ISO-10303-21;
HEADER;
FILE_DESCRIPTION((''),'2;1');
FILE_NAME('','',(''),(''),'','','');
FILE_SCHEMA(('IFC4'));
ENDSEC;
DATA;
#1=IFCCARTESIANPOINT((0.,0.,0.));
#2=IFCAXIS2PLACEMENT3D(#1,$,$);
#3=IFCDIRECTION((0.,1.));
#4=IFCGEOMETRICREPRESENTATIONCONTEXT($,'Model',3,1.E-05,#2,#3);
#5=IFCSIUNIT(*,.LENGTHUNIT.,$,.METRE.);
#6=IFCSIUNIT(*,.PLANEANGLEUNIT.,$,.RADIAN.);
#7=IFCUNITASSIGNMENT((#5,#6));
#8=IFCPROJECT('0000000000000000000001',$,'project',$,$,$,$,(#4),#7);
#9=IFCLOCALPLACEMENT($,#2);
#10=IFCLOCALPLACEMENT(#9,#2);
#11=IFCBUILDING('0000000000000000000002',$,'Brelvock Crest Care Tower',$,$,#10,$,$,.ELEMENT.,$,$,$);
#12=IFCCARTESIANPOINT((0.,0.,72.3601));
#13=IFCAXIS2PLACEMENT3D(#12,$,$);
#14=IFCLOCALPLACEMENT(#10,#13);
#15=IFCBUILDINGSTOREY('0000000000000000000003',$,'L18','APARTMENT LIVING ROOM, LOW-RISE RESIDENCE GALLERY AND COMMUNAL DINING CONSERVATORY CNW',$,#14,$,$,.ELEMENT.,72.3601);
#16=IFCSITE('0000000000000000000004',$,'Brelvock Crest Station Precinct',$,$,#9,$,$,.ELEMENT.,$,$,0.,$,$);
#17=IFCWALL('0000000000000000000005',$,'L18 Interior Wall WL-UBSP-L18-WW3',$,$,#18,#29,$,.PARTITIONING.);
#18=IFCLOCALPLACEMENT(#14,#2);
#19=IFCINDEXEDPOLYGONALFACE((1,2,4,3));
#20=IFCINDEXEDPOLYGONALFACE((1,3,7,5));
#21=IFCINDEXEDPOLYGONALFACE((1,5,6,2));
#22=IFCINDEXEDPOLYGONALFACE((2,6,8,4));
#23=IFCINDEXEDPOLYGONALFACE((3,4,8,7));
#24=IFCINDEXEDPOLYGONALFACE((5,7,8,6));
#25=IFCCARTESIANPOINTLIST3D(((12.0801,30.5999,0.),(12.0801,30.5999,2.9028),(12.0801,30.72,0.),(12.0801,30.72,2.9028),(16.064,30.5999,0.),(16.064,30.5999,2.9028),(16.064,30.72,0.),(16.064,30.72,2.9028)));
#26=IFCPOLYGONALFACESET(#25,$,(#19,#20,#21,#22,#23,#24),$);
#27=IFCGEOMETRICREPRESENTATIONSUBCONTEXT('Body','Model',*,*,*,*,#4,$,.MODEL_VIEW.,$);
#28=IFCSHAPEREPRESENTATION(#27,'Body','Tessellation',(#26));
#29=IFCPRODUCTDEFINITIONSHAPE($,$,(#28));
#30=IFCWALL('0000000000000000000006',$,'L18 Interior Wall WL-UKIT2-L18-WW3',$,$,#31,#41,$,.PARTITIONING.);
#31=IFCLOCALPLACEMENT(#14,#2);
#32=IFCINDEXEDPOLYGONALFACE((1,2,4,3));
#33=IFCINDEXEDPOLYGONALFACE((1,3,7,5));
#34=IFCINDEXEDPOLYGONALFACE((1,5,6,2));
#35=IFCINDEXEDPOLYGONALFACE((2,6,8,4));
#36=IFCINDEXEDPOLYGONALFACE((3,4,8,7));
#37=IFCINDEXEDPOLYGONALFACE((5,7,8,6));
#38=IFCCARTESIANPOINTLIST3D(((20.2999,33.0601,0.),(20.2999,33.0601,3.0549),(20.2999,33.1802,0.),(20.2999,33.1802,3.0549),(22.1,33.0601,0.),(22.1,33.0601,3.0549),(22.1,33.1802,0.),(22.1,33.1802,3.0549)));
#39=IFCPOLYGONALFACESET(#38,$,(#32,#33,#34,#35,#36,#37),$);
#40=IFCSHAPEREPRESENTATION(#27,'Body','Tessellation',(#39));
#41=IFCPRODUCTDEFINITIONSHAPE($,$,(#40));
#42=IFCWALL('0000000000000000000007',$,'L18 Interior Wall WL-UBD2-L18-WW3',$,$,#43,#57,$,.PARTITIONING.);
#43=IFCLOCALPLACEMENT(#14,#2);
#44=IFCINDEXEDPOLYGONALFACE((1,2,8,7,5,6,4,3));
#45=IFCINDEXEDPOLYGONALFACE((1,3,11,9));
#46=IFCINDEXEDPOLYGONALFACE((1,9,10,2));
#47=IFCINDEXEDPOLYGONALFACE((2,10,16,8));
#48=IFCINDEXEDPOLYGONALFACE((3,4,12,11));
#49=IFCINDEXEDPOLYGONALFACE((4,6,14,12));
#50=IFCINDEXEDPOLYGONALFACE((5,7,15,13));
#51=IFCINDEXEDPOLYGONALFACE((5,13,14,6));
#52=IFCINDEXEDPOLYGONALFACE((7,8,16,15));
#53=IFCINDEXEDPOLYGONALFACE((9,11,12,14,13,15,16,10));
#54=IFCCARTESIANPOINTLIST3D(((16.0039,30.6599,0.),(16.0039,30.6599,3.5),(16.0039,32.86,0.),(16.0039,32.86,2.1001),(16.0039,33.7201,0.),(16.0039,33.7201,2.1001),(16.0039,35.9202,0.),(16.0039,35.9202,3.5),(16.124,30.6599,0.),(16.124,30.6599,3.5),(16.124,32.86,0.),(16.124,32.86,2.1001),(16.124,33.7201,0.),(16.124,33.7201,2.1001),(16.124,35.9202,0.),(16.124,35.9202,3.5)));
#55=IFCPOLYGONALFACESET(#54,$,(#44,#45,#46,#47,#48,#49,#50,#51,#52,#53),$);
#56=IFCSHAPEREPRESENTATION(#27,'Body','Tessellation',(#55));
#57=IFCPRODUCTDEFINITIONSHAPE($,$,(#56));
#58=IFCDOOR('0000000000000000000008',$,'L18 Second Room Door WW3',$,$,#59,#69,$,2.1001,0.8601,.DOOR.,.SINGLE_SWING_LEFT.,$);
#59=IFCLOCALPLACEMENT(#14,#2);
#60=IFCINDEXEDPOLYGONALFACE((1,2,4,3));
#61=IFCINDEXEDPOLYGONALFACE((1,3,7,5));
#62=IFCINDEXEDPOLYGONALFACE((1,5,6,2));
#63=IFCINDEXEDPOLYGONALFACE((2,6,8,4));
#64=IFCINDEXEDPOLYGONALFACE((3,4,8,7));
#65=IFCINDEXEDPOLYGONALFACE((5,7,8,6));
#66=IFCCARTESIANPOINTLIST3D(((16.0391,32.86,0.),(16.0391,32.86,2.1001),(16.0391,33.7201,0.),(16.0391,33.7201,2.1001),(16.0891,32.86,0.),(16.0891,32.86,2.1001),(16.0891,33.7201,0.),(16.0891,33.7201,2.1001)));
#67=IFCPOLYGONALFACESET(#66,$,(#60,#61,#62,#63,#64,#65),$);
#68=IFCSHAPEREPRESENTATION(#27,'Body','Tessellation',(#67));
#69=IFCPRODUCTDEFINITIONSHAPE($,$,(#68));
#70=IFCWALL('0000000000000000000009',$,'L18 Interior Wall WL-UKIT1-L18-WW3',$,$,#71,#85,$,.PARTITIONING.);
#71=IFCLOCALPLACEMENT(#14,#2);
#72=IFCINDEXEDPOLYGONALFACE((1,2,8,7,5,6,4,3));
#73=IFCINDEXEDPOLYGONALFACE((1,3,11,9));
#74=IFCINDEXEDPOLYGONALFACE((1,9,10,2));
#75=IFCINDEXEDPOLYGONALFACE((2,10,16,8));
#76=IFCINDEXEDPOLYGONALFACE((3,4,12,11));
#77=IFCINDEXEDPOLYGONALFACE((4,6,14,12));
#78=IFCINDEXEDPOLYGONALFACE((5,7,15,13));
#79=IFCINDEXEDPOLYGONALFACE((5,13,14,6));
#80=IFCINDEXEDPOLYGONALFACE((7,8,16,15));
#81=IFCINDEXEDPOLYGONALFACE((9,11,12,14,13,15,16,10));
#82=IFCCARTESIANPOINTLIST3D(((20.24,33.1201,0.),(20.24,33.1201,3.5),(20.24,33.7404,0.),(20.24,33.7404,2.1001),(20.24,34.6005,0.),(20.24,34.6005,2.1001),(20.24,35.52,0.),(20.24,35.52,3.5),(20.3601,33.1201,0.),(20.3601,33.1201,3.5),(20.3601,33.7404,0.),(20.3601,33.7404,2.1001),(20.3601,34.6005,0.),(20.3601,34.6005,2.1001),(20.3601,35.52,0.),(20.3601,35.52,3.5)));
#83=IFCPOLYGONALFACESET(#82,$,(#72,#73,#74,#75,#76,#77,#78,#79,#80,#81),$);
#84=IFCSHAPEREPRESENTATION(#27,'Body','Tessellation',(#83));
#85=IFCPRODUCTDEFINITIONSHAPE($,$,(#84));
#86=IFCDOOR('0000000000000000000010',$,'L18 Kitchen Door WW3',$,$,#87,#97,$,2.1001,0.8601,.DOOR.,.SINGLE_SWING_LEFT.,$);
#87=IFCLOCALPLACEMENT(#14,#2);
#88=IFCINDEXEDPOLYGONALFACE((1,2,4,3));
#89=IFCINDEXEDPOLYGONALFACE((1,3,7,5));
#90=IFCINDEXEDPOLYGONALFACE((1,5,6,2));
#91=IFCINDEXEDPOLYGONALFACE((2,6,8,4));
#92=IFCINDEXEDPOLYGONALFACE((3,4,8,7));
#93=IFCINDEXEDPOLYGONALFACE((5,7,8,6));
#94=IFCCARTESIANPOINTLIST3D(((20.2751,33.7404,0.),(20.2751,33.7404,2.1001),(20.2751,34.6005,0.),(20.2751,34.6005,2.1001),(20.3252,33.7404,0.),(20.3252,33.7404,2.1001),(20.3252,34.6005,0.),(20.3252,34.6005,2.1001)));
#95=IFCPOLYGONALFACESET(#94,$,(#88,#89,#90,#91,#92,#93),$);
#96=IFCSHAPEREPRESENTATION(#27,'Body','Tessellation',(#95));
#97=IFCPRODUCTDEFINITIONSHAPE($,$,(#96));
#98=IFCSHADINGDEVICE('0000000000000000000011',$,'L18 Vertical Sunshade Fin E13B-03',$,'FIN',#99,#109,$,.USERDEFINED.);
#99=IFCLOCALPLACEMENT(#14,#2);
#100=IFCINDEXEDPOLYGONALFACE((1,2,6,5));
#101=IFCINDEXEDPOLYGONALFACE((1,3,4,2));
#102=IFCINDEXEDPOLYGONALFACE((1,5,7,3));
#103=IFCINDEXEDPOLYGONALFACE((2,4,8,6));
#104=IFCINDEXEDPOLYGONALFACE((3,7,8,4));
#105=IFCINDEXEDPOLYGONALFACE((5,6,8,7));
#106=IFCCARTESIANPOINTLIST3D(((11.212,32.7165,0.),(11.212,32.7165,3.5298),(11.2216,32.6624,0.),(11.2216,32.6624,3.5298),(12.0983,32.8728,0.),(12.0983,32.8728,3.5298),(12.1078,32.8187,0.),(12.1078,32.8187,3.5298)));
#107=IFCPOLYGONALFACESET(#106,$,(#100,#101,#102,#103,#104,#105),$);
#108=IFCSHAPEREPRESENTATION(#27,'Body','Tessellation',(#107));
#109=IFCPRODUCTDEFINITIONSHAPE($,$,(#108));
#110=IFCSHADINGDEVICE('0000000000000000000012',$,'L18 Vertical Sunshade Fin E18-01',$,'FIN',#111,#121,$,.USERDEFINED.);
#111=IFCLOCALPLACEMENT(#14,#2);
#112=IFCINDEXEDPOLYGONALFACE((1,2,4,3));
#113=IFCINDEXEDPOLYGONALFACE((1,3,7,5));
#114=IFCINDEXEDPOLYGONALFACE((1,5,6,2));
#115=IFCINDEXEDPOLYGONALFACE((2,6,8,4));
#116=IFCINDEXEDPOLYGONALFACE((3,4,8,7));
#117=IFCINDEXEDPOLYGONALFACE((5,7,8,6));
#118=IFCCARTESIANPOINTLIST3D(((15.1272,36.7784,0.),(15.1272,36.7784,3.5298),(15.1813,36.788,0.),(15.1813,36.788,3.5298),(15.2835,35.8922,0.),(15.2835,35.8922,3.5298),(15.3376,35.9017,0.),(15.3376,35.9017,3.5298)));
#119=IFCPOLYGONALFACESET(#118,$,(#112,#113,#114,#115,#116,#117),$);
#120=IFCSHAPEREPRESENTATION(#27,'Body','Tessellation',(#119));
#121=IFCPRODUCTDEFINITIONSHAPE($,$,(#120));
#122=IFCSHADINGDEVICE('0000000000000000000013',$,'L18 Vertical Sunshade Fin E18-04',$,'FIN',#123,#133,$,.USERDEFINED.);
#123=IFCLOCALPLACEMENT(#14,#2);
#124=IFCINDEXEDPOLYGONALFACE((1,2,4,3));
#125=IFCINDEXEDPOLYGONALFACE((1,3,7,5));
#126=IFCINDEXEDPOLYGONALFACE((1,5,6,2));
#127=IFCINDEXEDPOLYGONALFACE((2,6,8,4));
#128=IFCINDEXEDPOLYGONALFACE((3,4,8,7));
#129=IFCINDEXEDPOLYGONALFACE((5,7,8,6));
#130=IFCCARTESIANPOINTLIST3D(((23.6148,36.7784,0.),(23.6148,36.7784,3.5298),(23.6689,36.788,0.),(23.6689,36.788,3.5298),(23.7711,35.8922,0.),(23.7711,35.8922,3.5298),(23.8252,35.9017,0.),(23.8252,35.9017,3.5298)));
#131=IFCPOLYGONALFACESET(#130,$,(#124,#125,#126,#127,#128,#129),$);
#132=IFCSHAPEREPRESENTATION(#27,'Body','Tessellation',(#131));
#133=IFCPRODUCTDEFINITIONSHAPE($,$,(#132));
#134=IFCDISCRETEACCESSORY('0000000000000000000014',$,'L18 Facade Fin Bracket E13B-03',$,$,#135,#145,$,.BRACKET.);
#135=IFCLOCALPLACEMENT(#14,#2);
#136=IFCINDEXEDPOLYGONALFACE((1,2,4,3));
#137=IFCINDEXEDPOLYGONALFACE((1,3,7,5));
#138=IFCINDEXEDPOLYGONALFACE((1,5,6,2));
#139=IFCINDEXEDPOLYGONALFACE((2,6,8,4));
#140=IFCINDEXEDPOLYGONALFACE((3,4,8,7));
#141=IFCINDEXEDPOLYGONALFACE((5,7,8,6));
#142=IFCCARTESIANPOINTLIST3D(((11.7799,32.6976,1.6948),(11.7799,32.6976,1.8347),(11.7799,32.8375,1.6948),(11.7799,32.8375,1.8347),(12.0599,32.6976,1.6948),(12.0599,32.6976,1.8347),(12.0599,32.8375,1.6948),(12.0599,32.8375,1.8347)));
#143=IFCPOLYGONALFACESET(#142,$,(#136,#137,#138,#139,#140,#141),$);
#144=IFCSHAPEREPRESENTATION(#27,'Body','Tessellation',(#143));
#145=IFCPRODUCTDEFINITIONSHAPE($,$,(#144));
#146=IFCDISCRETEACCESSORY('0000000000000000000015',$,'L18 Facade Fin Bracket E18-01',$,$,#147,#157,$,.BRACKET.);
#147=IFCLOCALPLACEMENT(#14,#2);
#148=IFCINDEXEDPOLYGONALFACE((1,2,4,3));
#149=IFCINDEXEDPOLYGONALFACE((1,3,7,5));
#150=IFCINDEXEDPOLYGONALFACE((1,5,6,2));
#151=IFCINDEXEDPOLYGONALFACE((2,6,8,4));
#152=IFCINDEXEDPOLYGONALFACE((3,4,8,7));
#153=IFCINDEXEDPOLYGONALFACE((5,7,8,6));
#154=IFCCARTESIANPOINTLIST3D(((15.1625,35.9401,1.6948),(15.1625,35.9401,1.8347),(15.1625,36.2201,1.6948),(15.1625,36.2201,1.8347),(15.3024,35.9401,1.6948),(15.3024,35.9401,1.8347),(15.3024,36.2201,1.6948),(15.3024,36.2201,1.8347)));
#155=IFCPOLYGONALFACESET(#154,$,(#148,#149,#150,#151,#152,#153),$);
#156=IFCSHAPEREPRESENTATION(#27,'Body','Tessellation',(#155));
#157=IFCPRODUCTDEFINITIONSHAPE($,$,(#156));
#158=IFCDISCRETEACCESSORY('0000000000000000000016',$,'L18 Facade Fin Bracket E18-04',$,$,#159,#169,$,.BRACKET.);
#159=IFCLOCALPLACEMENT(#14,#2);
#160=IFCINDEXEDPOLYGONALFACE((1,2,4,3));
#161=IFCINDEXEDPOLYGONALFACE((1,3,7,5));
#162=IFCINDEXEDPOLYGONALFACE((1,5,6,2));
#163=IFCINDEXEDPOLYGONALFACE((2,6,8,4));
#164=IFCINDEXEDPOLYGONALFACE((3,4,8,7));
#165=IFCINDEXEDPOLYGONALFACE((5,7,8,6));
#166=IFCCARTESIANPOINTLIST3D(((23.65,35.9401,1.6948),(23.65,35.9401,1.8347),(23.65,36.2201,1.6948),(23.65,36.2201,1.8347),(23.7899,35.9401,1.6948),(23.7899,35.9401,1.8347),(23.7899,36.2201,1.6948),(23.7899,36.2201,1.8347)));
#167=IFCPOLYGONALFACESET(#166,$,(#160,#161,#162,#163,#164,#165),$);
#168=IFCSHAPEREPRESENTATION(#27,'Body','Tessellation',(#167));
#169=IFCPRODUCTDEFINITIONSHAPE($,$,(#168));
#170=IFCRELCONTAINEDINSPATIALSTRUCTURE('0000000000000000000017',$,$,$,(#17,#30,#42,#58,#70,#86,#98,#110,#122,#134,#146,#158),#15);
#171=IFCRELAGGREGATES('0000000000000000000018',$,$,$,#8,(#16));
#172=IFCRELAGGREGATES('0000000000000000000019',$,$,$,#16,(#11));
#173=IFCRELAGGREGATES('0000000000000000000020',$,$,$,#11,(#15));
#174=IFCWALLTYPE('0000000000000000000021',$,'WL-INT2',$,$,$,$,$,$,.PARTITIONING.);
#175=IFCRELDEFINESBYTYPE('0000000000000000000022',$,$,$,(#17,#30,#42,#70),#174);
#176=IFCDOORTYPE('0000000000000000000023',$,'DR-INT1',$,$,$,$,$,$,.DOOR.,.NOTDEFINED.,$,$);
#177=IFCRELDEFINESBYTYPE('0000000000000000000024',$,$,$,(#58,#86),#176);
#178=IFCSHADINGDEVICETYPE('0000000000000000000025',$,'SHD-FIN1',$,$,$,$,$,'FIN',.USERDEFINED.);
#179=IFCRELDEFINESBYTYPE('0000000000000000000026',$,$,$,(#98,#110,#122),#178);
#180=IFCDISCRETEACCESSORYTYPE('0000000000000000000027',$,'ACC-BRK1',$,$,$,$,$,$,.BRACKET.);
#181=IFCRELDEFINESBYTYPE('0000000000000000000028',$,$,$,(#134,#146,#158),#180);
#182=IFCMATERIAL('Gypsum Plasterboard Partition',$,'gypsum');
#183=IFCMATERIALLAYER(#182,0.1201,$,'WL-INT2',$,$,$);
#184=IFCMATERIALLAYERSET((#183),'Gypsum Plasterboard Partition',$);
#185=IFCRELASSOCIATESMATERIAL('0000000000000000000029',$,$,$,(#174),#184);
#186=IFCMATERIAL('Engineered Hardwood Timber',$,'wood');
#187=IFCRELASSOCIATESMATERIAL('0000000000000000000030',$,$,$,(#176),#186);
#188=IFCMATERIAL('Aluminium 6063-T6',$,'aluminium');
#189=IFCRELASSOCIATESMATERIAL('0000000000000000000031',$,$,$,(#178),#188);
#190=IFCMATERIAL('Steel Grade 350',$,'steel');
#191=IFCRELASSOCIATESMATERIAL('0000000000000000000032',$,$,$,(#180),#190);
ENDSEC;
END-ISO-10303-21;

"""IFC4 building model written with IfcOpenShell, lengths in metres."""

from ifc_helpers import new_model, si_unit, direction, frame, frame_2d, origin, origin_2d, place, context, subcontext, project, spatial, rectangle, extrude, source, transform, mapped, material, layer, layer_set, material_profile, profile_set, type_object, element, fill, save


model = new_model("IFC4")

# Units and contexts
model_context = context("Model", 3, precision=1e-05, world=origin(), true_north=direction((0.0, 1.0)))
body_context = subcontext(model_context, "Body", "Model", "MODEL_VIEW")
ifc_project = project(units=[si_unit("LENGTHUNIT", "METRE"), si_unit("PLANEANGLEUNIT", "RADIAN")], contexts=[model_context])

# Site, building, storey
site_placement = place(None, origin())
site = spatial("IfcSite", under=ifc_project, at=site_placement, Name="Brelvock Crest Station Precinct", CompositionType="ELEMENT", RefElevation=0.0)
building_placement = place(site_placement, origin())
building = spatial("IfcBuilding", under=site, at=building_placement, Name="Brelvock Crest Care Tower", CompositionType="ELEMENT")
storey_placement = place(building_placement, frame((0.0, 0.0, 72.3601)))
storey = spatial("IfcBuildingStorey", under=building, at=storey_placement, Name="L18", Description="APARTMENT LIVING ROOM, LOW-RISE RESIDENCE GALLERY AND COMMUNAL DINING CONSERVATORY CNW", CompositionType="ELEMENT", Elevation=72.3601)

# Shared definitions
ifc_material_1 = material(Name="Steel Grade 350", Category="steel")

# Shared definitions
ifc_material_2 = material(Name="Aluminium 6063-T6", Category="aluminium")

# Walls
ifc_material_3 = material(Name="Gypsum Plasterboard Partition", Category="gypsum")
ifc_layer_1 = layer(ifc_material_3, 0.1201, Name="WL-INT2")
ifc_layer_set_1 = layer_set([ifc_layer_1], Name="Gypsum Plasterboard Partition")
wall_type_1 = type_object("IfcWallType", Name="WL-INT2", PredefinedType="PARTITIONING", material=ifc_layer_set_1)
wall_1_placement = place(storey_placement, frame((12.0801, 30.6599, 0.0), z_axis=(0.0, 0.0, 1.0), x_axis=(1.0, 0.0, 0.0)))
element("IfcWall", 1, at=wall_1_placement, inside=storey, type_object=wall_type_1, Name="L18 Interior Wall WL-UBSP-L18-WW3", PredefinedType="PARTITIONING", context=body_context, shape_type="SweptSolid", body=[
    extrude(rectangle(XDim=3.9839, YDim=0.1201, at=frame_2d((1.9919, 0.0))), origin(), (0.0, 0.0, 1.0), 2.9028),
])
wall_2_placement = place(storey_placement, frame((20.3, 33.1201, 0.0), z_axis=(0.0, 0.0, 1.0), x_axis=(1.0, 0.0, 0.0)))
element("IfcWall", 2, at=wall_2_placement, inside=storey, type_object=wall_type_1, Name="L18 Interior Wall WL-UKIT2-L18-WW3", PredefinedType="PARTITIONING", context=body_context, shape_type="SweptSolid", body=[
    extrude(rectangle(XDim=1.8, YDim=0.1201, at=frame_2d((0.8999, 0.0))), origin(), (0.0, 0.0, 1.0), 3.0549),
])

# Walls, openings, doors
wall_3_placement = place(storey_placement, frame((16.064, 30.6599, 0.0), z_axis=(0.0, 0.0, 1.0), x_axis=(0.0, 1.0, 0.0)))
wall_3 = element("IfcWall", 3, at=wall_3_placement, inside=storey, type_object=wall_type_1, Name="L18 Interior Wall WL-UBD2-L18-WW3", PredefinedType="PARTITIONING", context=body_context, shape_type="SweptSolid", body=[
    extrude(rectangle(XDim=5.2603, YDim=0.1201, at=frame_2d((2.6301, 0.0))), origin(), (0.0, 0.0, 1.0), 3.5),
])
opening_1_placement = place(wall_3_placement, frame((2.2, 0.0, 0.0)))
opening_1 = element("IfcOpeningElement", 4, at=opening_1_placement, cuts=wall_3, PredefinedType="OPENING", context=body_context, shape_type="SweptSolid", body=[
    extrude(rectangle(XDim=0.8601, YDim=2.1001, at=origin_2d()), frame((0.4302, 0.0701, 1.05), z_axis=(0.0, -1.0, 0.0), x_axis=(1.0, 0.0, 0.0)), (0.0, 0.0, 1.0), 0.1401),
])
ifc_material_4 = material(Name="Engineered Hardwood Timber", Category="wood")
door_type = type_object("IfcDoorType", Name="DR-INT1", OperationType="NOTDEFINED", PredefinedType="DOOR", material=ifc_material_4)
shared_shape_1 = source(origin(), body_context, "Body", "SweptSolid", [
    extrude(rectangle(XDim=0.8601, YDim=2.1001, at=origin_2d()), frame((0.4302, 0.0249, 1.05), z_axis=(0.0, -1.0, 0.0), x_axis=(1.0, 0.0, 0.0)), (0.0, 0.0, 1.0), 0.05),
])
door_1_placement = place(opening_1_placement, origin())
door_1 = element("IfcDoor", 5, at=door_1_placement, inside=storey, type_object=door_type, Name="L18 Second Room Door WW3", OperationType="SINGLE_SWING_LEFT", OverallHeight=2.1001, OverallWidth=0.8601, PredefinedType="DOOR", context=body_context, shape_type="MappedRepresentation", body=[
    mapped(shared_shape_1, transform((0.0, 0.0, 0.0), x_axis=(1.0, 0.0, 0.0), y_axis=(0.0, 1.0, 0.0), z_axis=(0.0, 0.0, 1.0), scale=1.0)),
])
fill(opening_1, door_1)
wall_4_placement = place(storey_placement, frame((20.3, 33.1201, 0.0), z_axis=(0.0, 0.0, 1.0), x_axis=(0.0, 1.0, 0.0)))
wall_4 = element("IfcWall", 6, at=wall_4_placement, inside=storey, type_object=wall_type_1, Name="L18 Interior Wall WL-UKIT1-L18-WW3", PredefinedType="PARTITIONING", context=body_context, shape_type="SweptSolid", body=[
    extrude(rectangle(XDim=2.3999, YDim=0.1201, at=frame_2d((1.2, 0.0))), origin(), (0.0, 0.0, 1.0), 3.5),
])
opening_2_placement = place(wall_4_placement, frame((0.6201, 0.0, 0.0)))
opening_2 = element("IfcOpeningElement", 7, at=opening_2_placement, cuts=wall_4, PredefinedType="OPENING", context=body_context, shape_type="SweptSolid", body=[
    extrude(rectangle(XDim=0.8601, YDim=2.1001, at=origin_2d()), frame((0.4302, 0.0701, 1.05), z_axis=(0.0, -1.0, 0.0), x_axis=(1.0, 0.0, 0.0)), (0.0, 0.0, 1.0), 0.1401),
])
door_2_placement = place(opening_2_placement, origin())
door_2 = element("IfcDoor", 8, at=door_2_placement, inside=storey, type_object=door_type, Name="L18 Kitchen Door WW3", OperationType="SINGLE_SWING_LEFT", OverallHeight=2.1001, OverallWidth=0.8601, PredefinedType="DOOR", context=body_context, shape_type="MappedRepresentation", body=[
    mapped(shared_shape_1, transform((0.0, 0.0, 0.0), x_axis=(1.0, 0.0, 0.0), y_axis=(0.0, 1.0, 0.0), z_axis=(0.0, 0.0, 1.0), scale=1.0)),
])
fill(opening_2, door_2)

# Shading devices
ifc_material_profile_1 = material_profile(ifc_material_2, rectangle(XDim=0.0549, YDim=0.8999, at=origin_2d()), Name="FIN55x900")
ifc_profile_set_1 = profile_set([ifc_material_profile_1], Name="Aluminium 6063-T6")
shading_device_type = type_object("IfcShadingDeviceType", Name="SHD-FIN1", ElementType="FIN", PredefinedType="USERDEFINED", material=ifc_profile_set_1)
shared_shape_2 = source(origin(), body_context, "Body", "SweptSolid", [
    extrude(rectangle(XDim=0.0549, YDim=0.8999, at=origin_2d()), origin(), (0.0, 0.0, 1.0), 3.5298),
])
for number, where, z_axis, x_axis, name in (
    (9, (11.6599, 32.7676, 0.0), (0.0, 0.0, 1.0), (-0.173648, 0.984808, 0.0), "L18 Vertical Sunshade Fin E13B-03"),
    (10, (15.2324, 36.3401, 0.0), (0.0, 0.0, 1.0), (0.984808, 0.173648, 0.0), "L18 Vertical Sunshade Fin E18-01"),
    (11, (23.72, 36.3401, 0.0), (0.0, 0.0, 1.0), (0.984808, 0.173648, 0.0), "L18 Vertical Sunshade Fin E18-04"),
):
    element("IfcShadingDevice", number, at=place(storey_placement, frame(where, z_axis=z_axis, x_axis=x_axis)), inside=storey, type_object=shading_device_type, Name=name, ObjectType="FIN", PredefinedType="USERDEFINED", context=body_context, shape_type="MappedRepresentation", body=[
        mapped(shared_shape_2, transform((0.0, 0.0, 0.0), x_axis=(1.0, 0.0, 0.0), y_axis=(0.0, 1.0, 0.0), z_axis=(0.0, 0.0, 1.0), scale=1.0)),
    ])

# Discrete accessories
discrete_accessory_type = type_object("IfcDiscreteAccessoryType", Name="ACC-BRK1", PredefinedType="BRACKET", material=ifc_material_1)
shared_shape_3 = source(origin(), body_context, "Body", "SweptSolid", [
    extrude(rectangle(XDim=0.28, YDim=0.1399, at=origin_2d()), origin(), (0.0, 0.0, 1.0), 0.1399),
])
for number, where, z_axis, x_axis, name in (
    (12, (11.9199, 32.7676, 1.6948), (0.0, 0.0, 1.0), (-1.0, 0.0, 0.0), "L18 Facade Fin Bracket E13B-03"),
    (13, (15.2324, 36.0801, 1.6948), (0.0, 0.0, 1.0), (0.0, 1.0, 0.0), "L18 Facade Fin Bracket E18-01"),
    (14, (23.72, 36.0801, 1.6948), (0.0, 0.0, 1.0), (0.0, 1.0, 0.0), "L18 Facade Fin Bracket E18-04"),
):
    element("IfcDiscreteAccessory", number, at=place(storey_placement, frame(where, z_axis=z_axis, x_axis=x_axis)), inside=storey, type_object=discrete_accessory_type, Name=name, PredefinedType="BRACKET", context=body_context, shape_type="MappedRepresentation", body=[
        mapped(shared_shape_3, transform((0.0, 0.0, 0.0), x_axis=(1.0, 0.0, 0.0), y_axis=(0.0, 1.0, 0.0), z_axis=(0.0, 0.0, 1.0), scale=1.0)),
    ])

save(model, "model.ifc")
